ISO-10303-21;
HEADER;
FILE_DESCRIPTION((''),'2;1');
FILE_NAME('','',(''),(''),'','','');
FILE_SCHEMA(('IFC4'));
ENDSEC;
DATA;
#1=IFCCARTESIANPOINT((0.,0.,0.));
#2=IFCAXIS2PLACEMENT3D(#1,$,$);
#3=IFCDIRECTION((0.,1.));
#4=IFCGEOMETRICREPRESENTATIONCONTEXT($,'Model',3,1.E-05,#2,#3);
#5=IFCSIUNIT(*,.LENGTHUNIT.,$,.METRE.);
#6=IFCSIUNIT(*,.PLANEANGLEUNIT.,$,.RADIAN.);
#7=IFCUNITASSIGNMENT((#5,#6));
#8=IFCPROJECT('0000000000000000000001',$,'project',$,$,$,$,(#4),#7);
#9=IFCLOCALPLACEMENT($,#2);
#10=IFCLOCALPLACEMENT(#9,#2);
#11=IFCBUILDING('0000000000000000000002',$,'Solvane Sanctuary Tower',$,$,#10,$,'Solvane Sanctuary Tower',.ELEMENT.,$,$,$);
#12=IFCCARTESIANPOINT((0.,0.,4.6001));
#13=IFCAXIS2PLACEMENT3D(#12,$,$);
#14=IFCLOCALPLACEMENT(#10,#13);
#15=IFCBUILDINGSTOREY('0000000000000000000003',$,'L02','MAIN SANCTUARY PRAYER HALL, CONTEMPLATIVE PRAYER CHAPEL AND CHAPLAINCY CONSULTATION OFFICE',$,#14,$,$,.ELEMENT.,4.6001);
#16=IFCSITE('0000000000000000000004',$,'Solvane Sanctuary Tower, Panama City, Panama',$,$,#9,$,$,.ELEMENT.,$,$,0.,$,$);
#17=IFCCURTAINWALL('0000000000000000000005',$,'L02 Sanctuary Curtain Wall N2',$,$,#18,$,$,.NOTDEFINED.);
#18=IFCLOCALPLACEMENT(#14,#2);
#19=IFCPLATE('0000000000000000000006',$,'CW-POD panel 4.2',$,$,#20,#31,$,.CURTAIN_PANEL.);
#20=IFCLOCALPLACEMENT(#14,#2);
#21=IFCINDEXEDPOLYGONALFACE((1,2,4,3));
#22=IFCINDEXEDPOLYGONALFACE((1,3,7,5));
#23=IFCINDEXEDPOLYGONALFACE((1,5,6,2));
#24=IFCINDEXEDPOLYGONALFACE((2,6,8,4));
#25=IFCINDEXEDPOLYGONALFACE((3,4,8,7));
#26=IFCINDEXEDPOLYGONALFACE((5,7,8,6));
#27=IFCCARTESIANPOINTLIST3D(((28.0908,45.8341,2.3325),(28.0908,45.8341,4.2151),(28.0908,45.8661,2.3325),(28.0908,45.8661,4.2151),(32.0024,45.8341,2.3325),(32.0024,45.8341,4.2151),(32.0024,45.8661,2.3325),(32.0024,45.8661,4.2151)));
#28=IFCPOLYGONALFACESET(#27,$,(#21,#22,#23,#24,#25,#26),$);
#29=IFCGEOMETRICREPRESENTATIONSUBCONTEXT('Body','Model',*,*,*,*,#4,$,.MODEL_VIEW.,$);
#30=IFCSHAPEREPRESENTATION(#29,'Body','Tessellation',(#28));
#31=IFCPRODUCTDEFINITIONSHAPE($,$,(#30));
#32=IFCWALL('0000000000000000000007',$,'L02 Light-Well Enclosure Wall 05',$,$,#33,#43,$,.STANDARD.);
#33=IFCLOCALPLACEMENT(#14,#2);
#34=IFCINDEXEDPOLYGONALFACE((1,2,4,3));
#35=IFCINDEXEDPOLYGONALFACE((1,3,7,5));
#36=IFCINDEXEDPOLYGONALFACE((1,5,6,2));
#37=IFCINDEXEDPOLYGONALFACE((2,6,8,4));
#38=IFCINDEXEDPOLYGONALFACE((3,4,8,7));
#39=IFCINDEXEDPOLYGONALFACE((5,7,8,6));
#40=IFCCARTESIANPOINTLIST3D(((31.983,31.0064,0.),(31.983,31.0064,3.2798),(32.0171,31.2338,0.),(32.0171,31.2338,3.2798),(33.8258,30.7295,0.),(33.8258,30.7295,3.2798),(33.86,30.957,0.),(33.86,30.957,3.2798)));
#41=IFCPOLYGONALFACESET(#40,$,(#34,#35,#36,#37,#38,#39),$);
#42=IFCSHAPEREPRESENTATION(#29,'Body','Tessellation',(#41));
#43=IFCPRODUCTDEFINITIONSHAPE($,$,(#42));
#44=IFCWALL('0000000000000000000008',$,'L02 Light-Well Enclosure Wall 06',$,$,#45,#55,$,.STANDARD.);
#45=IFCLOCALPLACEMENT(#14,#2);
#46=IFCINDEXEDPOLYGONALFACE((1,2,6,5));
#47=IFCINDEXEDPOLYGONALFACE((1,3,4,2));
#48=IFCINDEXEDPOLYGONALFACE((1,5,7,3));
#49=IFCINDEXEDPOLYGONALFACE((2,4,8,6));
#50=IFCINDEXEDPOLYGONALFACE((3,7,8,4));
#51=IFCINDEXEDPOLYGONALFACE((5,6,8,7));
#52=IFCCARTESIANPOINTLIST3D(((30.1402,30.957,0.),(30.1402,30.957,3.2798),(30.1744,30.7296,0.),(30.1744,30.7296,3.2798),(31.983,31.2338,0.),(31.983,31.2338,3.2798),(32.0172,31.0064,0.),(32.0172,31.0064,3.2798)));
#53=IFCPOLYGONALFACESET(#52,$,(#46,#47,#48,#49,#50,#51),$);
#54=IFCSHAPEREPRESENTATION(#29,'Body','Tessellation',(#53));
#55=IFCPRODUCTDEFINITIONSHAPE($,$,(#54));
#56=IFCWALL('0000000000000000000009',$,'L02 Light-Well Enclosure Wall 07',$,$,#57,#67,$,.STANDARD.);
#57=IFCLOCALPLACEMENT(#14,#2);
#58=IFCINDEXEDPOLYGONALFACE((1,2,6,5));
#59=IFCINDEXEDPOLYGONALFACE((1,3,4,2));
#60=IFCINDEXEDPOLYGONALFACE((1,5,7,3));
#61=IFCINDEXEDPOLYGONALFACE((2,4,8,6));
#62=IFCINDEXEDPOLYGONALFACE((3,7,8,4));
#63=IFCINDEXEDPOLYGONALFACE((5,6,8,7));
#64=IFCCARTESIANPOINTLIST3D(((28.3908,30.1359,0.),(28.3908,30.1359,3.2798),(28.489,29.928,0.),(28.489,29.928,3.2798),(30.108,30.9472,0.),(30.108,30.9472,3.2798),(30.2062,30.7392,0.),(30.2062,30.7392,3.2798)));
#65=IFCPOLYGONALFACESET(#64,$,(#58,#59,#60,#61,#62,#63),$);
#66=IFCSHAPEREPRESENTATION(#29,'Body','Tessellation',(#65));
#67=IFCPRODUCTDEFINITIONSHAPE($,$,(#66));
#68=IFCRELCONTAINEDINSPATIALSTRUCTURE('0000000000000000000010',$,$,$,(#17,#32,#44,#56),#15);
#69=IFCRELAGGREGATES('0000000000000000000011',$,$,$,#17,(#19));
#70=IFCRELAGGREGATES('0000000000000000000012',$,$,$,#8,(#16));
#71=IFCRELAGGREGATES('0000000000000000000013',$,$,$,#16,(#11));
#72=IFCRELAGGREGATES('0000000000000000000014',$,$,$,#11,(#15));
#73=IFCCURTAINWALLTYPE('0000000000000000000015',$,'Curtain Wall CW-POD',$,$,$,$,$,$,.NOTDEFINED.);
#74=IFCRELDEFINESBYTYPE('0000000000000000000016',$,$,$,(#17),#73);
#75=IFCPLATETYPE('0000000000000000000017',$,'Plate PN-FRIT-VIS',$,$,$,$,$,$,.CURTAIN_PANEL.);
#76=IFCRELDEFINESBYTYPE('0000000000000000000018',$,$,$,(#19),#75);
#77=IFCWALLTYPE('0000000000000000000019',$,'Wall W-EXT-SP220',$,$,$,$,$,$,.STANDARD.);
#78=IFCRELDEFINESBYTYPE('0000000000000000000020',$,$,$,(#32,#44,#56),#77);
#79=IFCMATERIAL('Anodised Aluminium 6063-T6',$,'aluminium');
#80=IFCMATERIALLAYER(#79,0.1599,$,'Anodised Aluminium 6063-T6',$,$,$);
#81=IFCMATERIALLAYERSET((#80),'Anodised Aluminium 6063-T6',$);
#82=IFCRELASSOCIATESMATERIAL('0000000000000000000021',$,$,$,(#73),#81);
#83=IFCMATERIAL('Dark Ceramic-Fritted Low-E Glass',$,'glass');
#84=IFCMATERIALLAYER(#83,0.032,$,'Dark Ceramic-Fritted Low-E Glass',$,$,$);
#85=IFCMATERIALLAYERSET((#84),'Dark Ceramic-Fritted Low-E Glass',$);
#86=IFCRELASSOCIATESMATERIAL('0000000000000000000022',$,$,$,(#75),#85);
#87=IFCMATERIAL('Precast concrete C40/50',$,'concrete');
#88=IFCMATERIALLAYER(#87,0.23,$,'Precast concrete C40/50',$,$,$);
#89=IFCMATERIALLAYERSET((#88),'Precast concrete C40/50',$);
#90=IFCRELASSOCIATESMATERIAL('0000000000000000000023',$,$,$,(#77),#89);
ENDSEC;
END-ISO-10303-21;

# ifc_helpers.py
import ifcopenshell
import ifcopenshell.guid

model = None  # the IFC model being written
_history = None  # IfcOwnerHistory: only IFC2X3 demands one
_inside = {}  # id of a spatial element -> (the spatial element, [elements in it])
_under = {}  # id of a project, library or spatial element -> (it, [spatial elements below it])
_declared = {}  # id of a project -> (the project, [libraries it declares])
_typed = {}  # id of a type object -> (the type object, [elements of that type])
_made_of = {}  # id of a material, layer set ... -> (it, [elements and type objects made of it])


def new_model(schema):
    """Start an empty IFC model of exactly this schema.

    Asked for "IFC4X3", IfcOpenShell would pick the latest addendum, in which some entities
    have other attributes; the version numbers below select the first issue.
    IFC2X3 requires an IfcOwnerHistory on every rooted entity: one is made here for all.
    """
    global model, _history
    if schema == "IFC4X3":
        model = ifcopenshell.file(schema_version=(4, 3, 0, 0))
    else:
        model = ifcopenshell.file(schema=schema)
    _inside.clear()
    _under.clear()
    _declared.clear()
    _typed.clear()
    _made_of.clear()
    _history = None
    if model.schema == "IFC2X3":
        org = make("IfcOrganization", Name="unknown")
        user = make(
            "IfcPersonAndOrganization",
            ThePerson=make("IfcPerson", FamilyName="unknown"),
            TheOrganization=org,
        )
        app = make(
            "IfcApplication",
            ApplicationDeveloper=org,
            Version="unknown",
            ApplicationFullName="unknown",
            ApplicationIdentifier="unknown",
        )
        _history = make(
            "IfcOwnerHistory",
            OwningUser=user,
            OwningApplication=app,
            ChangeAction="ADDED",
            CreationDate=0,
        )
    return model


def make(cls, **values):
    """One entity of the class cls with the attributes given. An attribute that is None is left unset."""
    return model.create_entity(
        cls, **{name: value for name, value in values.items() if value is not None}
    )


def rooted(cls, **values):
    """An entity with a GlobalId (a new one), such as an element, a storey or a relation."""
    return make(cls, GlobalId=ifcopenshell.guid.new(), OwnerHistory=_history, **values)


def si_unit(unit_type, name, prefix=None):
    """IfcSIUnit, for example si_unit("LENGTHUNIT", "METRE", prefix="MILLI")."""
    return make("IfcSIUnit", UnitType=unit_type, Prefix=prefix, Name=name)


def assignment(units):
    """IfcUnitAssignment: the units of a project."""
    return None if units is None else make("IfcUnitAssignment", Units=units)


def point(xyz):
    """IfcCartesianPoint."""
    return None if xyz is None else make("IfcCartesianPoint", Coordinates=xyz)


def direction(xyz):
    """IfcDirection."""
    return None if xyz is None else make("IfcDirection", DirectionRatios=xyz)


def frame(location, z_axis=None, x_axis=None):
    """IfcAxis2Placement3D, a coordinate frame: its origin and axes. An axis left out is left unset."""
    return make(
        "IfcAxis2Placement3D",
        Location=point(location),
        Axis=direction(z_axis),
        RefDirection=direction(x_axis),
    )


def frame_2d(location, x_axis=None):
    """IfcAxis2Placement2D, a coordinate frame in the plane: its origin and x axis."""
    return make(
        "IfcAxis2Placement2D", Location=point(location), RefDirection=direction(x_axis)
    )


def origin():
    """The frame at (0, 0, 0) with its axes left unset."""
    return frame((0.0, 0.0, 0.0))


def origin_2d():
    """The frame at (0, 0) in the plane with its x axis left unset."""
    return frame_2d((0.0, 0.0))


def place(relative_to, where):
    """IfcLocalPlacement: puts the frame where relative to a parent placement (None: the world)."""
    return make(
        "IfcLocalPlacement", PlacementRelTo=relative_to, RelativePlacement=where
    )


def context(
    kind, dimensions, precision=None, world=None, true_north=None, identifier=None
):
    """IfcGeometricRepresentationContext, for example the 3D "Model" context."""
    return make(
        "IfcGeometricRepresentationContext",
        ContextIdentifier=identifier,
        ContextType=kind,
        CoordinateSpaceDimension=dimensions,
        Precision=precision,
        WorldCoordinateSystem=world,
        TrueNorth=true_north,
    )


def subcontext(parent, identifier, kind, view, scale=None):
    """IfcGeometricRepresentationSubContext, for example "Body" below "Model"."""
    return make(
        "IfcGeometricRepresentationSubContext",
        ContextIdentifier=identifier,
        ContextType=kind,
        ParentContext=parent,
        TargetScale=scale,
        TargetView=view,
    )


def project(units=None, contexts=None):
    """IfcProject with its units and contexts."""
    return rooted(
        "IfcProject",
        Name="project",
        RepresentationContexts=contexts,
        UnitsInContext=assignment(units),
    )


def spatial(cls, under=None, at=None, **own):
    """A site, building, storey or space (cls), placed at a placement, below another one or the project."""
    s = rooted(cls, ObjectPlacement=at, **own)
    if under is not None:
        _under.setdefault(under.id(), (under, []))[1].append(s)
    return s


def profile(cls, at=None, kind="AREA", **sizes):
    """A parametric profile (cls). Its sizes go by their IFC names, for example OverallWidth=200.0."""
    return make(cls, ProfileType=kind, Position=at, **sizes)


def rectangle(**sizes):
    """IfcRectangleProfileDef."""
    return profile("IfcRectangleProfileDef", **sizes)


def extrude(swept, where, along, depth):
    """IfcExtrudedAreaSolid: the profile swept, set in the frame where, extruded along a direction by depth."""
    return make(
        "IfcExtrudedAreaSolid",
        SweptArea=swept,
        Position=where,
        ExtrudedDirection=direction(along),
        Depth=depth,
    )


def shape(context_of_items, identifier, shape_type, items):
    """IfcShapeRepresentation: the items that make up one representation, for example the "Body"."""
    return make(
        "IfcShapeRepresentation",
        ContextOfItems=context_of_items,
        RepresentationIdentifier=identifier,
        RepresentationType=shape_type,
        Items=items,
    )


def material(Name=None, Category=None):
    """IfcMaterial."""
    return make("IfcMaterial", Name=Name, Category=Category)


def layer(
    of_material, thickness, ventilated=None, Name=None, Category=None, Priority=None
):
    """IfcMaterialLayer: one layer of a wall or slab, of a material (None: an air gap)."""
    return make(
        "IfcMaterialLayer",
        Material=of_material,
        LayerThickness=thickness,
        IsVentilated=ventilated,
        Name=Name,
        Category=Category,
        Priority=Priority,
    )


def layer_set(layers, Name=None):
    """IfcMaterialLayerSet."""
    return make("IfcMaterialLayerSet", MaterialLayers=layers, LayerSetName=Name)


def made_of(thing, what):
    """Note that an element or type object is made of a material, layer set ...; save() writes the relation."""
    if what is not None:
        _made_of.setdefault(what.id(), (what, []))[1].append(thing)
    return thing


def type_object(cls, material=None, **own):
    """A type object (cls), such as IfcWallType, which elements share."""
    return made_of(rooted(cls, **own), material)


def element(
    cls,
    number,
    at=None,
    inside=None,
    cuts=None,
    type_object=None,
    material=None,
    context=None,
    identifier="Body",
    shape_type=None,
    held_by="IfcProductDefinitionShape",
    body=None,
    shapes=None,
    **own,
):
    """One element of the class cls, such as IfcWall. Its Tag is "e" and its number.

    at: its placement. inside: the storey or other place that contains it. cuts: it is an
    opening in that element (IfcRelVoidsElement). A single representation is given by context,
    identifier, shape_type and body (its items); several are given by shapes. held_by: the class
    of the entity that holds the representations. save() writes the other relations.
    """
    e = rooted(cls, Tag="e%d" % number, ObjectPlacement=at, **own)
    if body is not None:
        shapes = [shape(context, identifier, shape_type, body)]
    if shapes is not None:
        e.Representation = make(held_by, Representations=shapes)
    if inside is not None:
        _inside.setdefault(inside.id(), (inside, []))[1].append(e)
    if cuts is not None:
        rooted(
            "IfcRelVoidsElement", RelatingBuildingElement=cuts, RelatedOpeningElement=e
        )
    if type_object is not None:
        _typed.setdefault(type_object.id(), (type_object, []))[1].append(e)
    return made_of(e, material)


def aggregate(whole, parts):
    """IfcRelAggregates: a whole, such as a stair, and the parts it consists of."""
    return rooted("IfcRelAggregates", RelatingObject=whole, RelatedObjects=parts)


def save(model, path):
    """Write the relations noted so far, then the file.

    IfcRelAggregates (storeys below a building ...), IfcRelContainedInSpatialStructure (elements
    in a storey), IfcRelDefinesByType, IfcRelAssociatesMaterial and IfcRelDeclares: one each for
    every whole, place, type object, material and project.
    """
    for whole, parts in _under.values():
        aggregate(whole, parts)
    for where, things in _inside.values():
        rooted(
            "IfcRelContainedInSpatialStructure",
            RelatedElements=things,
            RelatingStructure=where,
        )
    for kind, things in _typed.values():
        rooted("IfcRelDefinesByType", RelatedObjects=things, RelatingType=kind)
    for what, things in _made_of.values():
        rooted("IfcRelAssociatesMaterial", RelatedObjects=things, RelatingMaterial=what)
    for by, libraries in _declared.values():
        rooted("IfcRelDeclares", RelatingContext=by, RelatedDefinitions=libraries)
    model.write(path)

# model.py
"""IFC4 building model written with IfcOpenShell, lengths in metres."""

from ifc_helpers import new_model, si_unit, direction, frame, frame_2d, origin, origin_2d, place, context, subcontext, project, spatial, rectangle, extrude, material, layer, layer_set, type_object, element, aggregate, save


model = new_model("IFC4")

# Units and contexts
model_context = context("Model", 3, precision=1e-05, world=origin(), true_north=direction((0.0, 1.0)))
body_context = subcontext(model_context, "Body", "Model", "MODEL_VIEW")
ifc_project = project(units=[si_unit("LENGTHUNIT", "METRE"), si_unit("PLANEANGLEUNIT", "RADIAN")], contexts=[model_context])

# Site, building, storey
site_placement = place(None, origin())
site = spatial("IfcSite", under=ifc_project, at=site_placement, Name="Solvane Sanctuary Tower, Panama City, Panama", CompositionType="ELEMENT", RefElevation=0.0)
building_placement = place(site_placement, origin())
building = spatial("IfcBuilding", under=site, at=building_placement, Name="Solvane Sanctuary Tower", LongName="Solvane Sanctuary Tower", CompositionType="ELEMENT")
storey_placement = place(building_placement, frame((0.0, 0.0, 4.6001)))
storey = spatial("IfcBuildingStorey", under=building, at=storey_placement, Name="L02", Description="MAIN SANCTUARY PRAYER HALL, CONTEMPLATIVE PRAYER CHAPEL AND CHAPLAINCY CONSULTATION OFFICE", CompositionType="ELEMENT", Elevation=4.6001)

# Curtain wall, plate
ifc_material_1 = material(Name="Anodised Aluminium 6063-T6", Category="aluminium")
ifc_layer_1 = layer(ifc_material_1, 0.1599, Name="Anodised Aluminium 6063-T6")
ifc_layer_set_1 = layer_set([ifc_layer_1], Name="Anodised Aluminium 6063-T6")
curtain_wall_type = type_object("IfcCurtainWallType", Name="Curtain Wall CW-POD", PredefinedType="NOTDEFINED", material=ifc_layer_set_1)
curtain_wall_placement = place(storey_placement, origin())
curtain_wall = element("IfcCurtainWall", 1, at=curtain_wall_placement, inside=storey, type_object=curtain_wall_type, Name="L02 Sanctuary Curtain Wall N2", PredefinedType="NOTDEFINED")
ifc_material_2 = material(Name="Dark Ceramic-Fritted Low-E Glass", Category="glass")
ifc_layer_2 = layer(ifc_material_2, 0.032, Name="Dark Ceramic-Fritted Low-E Glass")
ifc_layer_set_2 = layer_set([ifc_layer_2], Name="Dark Ceramic-Fritted Low-E Glass")
plate_type = type_object("IfcPlateType", Name="Plate PN-FRIT-VIS", PredefinedType="CURTAIN_PANEL", material=ifc_layer_set_2)
plate_1_placement = place(storey_placement, frame((30.0466, 45.8501, 2.3325), z_axis=(0.0, 0.0, 1.0), x_axis=(-1.0, 0.0, 0.0)))
plate_1 = element("IfcPlate", 2, at=plate_1_placement, type_object=plate_type, Name="CW-POD panel 4.2", PredefinedType="CURTAIN_PANEL", context=body_context, shape_type="SweptSolid", body=[
    extrude(rectangle(XDim=3.9116, YDim=0.032, at=origin_2d()), origin(), (0.0, 0.0, 1.0), 1.8826),
])
aggregate(curtain_wall, [plate_1])

# Walls
ifc_material_3 = material(Name="Precast concrete C40/50", Category="concrete")
ifc_layer_3 = layer(ifc_material_3, 0.23, Name="Precast concrete C40/50")
ifc_layer_set_3 = layer_set([ifc_layer_3], Name="Precast concrete C40/50")
wall_type = type_object("IfcWallType", Name="Wall W-EXT-SP220", PredefinedType="STANDARD", material=ifc_layer_set_3)
for number, where, z_axis, x_axis, name in (
    (3, (33.8428, 30.8433, 0.0), (0.0, 0.0, 1.0), (-0.988902, 0.148571, 0.0), "L02 Light-Well Enclosure Wall 05"),
    (4, (32.0, 31.1201, 0.0), (0.0, 0.0, 1.0), (-0.988902, -0.148571, 0.0), "L02 Light-Well Enclosure Wall 06"),
):
    element("IfcWall", number, at=place(storey_placement, frame(where, z_axis=z_axis, x_axis=x_axis)), inside=storey, type_object=wall_type, Name=name, PredefinedType="STANDARD", context=body_context, shape_type="SweptSolid", body=[
        extrude(rectangle(XDim=1.8635, YDim=0.23, at=frame_2d((0.9316, 0.0))), origin(), (0.0, 0.0, 1.0), 3.2798),
    ])
wall_placement = place(storey_placement, frame((30.1572, 30.8433, 0.0), z_axis=(0.0, 0.0, 1.0), x_axis=(-0.90418, -0.427152, 0.0)))
element("IfcWall", 5, at=wall_placement, inside=storey, type_object=wall_type, Name="L02 Light-Well Enclosure Wall 07", PredefinedType="STANDARD", context=body_context, shape_type="SweptSolid", body=[
    extrude(rectangle(XDim=1.8992, YDim=0.23, at=frame_2d((0.9497, 0.0))), origin(), (0.0, 0.0, 1.0), 3.2798),
])

save(model, "model.ifc")
